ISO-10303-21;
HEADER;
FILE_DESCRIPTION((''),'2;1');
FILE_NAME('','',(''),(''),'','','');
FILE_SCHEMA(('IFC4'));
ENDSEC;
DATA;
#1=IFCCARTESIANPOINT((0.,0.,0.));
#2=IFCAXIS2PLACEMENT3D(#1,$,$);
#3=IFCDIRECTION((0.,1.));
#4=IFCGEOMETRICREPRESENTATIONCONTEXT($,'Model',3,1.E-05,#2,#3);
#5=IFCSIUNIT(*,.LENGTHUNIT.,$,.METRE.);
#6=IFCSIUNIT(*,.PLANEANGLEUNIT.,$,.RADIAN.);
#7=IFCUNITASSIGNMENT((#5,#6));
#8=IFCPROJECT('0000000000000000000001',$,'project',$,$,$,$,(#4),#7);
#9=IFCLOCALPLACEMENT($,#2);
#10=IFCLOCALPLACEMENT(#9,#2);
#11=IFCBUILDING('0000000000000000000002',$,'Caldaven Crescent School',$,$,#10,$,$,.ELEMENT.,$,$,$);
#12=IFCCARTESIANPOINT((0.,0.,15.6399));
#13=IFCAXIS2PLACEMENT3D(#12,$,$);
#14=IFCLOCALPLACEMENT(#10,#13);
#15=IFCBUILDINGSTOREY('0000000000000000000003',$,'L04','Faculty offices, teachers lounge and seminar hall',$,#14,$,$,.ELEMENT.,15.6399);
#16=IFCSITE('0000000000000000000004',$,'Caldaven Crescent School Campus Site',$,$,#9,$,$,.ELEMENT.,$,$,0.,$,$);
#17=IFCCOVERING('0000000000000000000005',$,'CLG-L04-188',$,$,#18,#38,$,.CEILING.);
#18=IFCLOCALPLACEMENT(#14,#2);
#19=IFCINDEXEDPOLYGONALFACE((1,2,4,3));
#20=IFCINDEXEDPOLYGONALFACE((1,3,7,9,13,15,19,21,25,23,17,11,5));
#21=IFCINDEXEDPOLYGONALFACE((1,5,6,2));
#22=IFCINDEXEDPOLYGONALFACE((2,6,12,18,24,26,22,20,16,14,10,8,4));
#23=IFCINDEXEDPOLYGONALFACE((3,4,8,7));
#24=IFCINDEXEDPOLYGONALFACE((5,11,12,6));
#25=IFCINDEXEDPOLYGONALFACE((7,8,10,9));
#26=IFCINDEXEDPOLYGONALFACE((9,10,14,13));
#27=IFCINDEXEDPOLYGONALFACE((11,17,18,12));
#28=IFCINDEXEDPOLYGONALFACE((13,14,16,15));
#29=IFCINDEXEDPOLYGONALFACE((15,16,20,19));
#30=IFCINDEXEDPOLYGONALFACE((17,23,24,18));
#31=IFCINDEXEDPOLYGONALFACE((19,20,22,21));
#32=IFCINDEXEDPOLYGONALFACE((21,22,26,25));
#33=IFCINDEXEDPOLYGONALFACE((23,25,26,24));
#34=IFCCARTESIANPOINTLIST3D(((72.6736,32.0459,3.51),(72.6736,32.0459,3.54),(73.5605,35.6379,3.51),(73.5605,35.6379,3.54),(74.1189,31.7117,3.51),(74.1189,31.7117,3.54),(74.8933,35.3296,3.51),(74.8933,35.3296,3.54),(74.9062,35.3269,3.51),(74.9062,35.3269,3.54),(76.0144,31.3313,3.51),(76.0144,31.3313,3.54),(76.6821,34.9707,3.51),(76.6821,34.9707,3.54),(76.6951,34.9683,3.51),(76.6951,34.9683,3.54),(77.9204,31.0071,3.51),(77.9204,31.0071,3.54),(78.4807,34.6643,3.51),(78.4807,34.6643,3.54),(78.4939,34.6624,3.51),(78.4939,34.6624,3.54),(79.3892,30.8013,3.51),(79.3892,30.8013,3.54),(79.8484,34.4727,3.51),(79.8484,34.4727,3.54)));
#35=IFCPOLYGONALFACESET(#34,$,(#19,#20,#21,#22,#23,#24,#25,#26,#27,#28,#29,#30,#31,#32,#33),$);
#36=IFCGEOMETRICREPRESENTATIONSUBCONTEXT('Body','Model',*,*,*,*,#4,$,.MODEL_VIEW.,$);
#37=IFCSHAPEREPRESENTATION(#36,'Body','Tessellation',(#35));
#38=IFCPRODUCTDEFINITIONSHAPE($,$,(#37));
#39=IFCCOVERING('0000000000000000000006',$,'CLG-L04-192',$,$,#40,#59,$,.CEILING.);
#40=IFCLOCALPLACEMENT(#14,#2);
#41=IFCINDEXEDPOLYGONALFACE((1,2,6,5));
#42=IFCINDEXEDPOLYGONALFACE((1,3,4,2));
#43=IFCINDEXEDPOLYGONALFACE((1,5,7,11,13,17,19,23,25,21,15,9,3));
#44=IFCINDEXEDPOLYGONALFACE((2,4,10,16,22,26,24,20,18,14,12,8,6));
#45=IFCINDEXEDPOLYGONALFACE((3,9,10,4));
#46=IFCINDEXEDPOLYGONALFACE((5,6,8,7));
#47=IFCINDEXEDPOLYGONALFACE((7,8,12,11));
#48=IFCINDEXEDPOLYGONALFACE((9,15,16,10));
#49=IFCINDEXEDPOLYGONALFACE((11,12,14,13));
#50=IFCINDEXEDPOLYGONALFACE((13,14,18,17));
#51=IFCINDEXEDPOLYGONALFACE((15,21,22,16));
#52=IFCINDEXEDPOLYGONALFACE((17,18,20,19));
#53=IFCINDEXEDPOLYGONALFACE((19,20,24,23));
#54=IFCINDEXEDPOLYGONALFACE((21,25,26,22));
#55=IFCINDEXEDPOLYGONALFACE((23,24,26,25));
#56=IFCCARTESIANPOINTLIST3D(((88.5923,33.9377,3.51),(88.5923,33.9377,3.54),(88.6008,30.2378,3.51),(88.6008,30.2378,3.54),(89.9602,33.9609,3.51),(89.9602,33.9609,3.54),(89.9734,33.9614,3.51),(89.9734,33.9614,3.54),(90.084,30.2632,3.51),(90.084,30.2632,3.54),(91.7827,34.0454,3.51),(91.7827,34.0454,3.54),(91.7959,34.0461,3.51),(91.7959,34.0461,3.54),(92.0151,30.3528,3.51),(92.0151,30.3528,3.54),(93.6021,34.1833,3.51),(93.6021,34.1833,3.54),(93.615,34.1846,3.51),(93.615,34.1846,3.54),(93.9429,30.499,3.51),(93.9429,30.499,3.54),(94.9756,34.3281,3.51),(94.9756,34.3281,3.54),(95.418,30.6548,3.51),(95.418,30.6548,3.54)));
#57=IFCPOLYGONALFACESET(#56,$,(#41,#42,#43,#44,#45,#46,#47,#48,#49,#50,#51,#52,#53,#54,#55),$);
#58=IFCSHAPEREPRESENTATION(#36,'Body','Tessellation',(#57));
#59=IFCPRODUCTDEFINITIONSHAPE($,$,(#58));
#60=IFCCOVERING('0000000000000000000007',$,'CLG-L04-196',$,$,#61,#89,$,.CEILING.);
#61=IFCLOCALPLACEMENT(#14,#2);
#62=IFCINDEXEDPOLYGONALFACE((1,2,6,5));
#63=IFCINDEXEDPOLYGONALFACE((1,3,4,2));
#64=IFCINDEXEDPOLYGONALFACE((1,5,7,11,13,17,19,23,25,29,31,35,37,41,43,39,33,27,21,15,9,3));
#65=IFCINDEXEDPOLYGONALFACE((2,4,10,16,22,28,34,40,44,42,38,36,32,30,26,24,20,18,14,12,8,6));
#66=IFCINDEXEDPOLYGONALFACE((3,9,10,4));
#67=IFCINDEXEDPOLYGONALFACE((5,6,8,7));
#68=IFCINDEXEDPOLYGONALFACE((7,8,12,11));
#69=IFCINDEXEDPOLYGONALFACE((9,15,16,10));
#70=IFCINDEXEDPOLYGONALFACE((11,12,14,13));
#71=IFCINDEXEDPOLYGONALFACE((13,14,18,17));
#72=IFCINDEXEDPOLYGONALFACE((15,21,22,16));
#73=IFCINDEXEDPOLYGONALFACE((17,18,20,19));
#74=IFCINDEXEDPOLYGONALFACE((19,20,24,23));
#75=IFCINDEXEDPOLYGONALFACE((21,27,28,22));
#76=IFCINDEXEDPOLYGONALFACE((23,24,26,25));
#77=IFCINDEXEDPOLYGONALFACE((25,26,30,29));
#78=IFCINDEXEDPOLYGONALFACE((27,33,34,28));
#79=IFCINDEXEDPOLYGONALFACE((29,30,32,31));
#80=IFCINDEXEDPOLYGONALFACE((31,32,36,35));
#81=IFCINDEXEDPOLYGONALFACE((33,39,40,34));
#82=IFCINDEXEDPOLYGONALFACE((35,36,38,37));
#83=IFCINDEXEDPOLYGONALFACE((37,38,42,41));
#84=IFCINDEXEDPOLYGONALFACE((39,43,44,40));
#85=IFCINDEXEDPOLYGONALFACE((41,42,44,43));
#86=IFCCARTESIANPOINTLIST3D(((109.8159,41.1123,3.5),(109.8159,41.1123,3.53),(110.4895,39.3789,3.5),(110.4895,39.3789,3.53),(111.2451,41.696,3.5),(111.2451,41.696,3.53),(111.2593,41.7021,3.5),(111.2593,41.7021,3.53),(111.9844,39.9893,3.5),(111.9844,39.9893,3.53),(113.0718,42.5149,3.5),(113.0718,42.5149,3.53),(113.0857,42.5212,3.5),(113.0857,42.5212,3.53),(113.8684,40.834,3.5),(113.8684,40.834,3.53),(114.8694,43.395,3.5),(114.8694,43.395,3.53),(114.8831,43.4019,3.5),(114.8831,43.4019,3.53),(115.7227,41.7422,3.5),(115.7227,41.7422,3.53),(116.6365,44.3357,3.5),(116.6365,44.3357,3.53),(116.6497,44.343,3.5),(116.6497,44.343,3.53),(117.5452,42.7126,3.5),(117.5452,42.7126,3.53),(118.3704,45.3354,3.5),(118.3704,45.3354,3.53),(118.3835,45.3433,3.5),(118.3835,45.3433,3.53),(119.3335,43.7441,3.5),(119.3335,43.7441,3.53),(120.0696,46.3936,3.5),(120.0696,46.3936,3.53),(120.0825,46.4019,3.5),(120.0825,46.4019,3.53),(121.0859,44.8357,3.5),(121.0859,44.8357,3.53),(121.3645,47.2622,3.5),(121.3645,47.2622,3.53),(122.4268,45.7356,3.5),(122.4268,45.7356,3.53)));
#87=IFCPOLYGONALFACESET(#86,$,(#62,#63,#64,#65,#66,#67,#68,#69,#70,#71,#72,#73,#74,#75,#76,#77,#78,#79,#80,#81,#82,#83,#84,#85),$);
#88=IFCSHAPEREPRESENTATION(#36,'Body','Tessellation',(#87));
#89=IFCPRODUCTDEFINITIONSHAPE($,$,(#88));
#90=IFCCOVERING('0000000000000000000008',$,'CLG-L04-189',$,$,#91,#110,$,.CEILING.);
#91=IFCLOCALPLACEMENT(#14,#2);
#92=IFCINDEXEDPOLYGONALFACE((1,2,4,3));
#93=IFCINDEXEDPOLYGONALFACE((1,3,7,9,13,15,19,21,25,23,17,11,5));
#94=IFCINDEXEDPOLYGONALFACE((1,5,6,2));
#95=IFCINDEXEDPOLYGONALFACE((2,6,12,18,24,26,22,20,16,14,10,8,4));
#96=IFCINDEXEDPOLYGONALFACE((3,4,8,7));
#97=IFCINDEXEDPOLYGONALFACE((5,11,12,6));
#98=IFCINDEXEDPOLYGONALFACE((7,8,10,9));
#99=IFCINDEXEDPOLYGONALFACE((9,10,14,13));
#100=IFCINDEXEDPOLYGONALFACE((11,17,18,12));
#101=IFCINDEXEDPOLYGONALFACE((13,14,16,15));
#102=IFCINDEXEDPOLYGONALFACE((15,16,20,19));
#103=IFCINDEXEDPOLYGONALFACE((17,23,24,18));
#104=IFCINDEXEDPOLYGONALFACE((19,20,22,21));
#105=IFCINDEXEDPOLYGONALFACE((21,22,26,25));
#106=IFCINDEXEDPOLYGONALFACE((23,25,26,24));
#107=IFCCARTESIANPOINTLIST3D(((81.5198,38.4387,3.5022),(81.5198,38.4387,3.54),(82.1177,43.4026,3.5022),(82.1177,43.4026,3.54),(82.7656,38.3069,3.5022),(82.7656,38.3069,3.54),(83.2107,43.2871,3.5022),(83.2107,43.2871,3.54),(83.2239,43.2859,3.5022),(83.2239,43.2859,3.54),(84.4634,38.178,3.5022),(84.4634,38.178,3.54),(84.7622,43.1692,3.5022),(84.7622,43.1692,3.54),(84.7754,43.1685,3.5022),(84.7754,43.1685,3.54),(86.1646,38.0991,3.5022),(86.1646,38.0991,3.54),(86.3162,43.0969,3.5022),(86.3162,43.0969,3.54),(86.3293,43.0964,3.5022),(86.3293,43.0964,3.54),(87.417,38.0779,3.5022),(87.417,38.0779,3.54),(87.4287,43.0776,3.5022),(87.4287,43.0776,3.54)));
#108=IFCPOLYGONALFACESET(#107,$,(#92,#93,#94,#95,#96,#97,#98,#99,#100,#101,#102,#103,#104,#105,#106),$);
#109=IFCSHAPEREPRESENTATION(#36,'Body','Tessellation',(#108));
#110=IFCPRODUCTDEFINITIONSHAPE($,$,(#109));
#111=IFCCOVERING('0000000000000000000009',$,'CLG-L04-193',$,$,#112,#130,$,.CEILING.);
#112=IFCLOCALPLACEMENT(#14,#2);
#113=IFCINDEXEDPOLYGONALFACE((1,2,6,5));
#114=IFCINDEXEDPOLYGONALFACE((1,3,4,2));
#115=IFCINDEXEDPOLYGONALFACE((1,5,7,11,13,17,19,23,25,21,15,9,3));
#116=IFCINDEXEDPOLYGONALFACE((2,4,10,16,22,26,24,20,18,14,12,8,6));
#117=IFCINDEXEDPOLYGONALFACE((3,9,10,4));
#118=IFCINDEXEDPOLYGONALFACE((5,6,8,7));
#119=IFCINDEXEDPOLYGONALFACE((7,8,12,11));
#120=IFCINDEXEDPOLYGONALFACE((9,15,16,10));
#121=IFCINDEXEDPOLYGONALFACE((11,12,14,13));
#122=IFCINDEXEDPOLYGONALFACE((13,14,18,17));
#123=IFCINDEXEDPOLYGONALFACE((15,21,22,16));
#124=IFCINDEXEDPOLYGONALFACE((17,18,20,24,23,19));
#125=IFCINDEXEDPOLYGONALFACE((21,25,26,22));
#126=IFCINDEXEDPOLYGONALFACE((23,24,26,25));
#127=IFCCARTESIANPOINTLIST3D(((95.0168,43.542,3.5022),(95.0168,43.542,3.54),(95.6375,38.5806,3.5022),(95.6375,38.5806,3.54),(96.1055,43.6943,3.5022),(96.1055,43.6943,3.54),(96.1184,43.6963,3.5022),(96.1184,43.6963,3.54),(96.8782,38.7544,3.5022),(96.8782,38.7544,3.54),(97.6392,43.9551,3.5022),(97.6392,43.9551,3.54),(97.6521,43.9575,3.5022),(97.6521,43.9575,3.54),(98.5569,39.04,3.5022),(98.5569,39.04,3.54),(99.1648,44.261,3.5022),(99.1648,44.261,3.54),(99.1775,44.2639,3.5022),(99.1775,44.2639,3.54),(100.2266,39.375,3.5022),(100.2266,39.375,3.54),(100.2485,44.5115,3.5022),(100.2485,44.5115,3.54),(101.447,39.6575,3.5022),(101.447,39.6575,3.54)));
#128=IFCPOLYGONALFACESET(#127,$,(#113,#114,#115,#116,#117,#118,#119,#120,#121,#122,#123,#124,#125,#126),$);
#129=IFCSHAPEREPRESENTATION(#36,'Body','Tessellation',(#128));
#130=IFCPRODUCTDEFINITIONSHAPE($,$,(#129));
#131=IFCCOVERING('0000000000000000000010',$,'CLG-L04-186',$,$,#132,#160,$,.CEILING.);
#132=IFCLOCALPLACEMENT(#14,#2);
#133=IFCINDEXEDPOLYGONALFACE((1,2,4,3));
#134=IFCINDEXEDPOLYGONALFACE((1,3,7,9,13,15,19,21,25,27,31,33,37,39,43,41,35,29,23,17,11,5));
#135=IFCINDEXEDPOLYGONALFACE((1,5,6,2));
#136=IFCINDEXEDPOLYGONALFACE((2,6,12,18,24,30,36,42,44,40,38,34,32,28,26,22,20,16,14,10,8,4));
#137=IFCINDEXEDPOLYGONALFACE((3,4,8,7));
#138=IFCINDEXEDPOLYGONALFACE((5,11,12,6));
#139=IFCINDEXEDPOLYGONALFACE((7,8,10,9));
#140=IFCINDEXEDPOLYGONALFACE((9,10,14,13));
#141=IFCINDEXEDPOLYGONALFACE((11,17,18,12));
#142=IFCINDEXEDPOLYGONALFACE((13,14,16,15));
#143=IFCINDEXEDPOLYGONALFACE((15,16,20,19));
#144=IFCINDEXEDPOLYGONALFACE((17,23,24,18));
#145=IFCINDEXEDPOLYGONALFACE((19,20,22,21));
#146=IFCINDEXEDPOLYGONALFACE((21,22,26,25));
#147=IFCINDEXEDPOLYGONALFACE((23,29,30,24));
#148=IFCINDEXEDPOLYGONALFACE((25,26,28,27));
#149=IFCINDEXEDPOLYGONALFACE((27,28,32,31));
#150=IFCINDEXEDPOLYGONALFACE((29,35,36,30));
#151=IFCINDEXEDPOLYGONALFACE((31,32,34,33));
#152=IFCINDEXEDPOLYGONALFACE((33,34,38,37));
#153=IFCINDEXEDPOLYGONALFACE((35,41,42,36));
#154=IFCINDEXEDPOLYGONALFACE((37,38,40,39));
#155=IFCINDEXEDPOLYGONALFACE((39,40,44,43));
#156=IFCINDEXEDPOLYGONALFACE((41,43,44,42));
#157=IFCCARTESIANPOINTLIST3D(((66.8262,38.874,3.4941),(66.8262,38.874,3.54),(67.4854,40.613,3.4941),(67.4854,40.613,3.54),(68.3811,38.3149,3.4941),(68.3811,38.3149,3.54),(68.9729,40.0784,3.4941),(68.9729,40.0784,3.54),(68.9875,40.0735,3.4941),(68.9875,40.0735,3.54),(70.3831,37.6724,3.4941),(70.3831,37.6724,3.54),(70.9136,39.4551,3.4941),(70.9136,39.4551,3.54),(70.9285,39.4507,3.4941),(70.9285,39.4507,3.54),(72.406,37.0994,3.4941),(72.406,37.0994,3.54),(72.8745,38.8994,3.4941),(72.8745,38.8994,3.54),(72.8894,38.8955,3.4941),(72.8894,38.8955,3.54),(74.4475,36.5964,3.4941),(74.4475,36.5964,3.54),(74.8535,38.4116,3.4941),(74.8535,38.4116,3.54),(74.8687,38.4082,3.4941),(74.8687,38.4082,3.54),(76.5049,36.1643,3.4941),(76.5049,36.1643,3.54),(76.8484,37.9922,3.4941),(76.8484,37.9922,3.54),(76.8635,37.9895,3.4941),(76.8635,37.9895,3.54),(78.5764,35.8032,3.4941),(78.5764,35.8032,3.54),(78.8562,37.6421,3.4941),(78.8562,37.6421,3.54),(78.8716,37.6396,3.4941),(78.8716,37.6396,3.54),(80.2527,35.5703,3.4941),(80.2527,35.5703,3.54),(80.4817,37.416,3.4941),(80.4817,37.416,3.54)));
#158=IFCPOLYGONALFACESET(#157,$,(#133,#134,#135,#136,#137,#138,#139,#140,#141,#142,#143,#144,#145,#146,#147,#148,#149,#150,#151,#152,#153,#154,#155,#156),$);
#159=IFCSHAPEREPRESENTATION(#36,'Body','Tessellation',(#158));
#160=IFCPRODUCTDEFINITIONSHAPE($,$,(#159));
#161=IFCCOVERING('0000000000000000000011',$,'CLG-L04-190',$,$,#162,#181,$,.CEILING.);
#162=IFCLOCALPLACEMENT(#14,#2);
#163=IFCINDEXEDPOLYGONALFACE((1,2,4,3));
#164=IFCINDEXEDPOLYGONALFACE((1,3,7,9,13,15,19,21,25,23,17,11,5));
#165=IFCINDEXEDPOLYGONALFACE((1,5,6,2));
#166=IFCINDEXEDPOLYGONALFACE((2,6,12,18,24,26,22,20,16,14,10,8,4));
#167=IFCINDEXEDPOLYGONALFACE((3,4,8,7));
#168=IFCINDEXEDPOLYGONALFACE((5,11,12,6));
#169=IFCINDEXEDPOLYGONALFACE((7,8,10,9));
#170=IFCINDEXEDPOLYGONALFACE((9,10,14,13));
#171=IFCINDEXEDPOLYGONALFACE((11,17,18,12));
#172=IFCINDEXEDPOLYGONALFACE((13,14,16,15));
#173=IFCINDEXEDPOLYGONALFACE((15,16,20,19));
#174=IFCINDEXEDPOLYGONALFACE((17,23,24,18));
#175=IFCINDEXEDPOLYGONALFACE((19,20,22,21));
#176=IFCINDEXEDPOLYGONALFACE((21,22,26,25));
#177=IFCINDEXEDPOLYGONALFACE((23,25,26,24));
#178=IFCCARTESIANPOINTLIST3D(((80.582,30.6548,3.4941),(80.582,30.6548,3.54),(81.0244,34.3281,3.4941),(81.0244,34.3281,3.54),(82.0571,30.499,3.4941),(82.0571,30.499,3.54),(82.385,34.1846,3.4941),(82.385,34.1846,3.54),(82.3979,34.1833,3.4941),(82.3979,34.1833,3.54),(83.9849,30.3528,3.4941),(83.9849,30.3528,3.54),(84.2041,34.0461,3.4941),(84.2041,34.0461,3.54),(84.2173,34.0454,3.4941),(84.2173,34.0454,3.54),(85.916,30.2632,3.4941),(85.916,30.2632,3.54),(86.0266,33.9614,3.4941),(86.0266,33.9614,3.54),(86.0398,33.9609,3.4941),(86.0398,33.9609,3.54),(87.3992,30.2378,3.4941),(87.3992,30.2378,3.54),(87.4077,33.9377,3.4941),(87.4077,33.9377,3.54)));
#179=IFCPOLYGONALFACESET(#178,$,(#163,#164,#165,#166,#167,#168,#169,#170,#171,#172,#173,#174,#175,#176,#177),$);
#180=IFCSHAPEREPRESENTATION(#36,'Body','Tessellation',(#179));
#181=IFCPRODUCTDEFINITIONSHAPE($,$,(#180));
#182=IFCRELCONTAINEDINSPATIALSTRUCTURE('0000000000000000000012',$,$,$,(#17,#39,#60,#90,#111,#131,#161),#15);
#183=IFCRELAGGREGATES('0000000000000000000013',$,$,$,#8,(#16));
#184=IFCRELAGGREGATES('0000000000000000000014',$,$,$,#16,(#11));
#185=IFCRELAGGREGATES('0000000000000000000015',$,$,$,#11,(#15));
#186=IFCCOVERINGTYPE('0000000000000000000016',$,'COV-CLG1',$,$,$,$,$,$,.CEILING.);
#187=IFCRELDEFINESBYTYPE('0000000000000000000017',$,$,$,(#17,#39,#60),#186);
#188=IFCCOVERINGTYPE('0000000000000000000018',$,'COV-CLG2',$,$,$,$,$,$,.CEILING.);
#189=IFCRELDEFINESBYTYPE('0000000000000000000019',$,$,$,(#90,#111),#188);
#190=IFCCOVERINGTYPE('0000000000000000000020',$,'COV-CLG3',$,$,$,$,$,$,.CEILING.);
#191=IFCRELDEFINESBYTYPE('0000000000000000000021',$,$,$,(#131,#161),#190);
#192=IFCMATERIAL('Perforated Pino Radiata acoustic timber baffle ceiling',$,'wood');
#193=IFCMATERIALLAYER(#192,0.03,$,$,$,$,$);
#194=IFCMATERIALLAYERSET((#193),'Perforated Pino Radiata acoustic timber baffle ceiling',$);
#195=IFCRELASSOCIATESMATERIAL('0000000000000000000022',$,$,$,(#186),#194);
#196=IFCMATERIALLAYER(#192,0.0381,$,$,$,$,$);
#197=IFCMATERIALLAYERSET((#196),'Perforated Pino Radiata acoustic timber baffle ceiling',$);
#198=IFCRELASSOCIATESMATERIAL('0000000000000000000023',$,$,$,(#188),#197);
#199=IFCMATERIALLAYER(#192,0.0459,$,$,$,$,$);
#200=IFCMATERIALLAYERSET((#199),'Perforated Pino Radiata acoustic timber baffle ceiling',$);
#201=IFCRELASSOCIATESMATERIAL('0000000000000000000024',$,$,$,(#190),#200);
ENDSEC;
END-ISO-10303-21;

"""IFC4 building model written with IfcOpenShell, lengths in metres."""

from ifc_helpers import new_model, si_unit, direction, frame, origin, place, context, subcontext, project, spatial, polyline, outline, extrude, material, layer, layer_set, type_object, element, save


model = new_model("IFC4")

# Units and contexts
model_context = context("Model", 3, precision=1e-05, world=origin(), true_north=direction((0.0, 1.0)))
body_context = subcontext(model_context, "Body", "Model", "MODEL_VIEW")
ifc_project = project(units=[si_unit("LENGTHUNIT", "METRE"), si_unit("PLANEANGLEUNIT", "RADIAN")], contexts=[model_context])

# Site, building, storey
site_placement = place(None, origin())
site = spatial("IfcSite", under=ifc_project, at=site_placement, Name="Caldaven Crescent School Campus Site", CompositionType="ELEMENT", RefElevation=0.0)
building_placement = place(site_placement, origin())
building = spatial("IfcBuilding", under=site, at=building_placement, Name="Caldaven Crescent School", CompositionType="ELEMENT")
storey_placement = place(building_placement, frame((0.0, 0.0, 15.6399)))
storey = spatial("IfcBuildingStorey", under=building, at=storey_placement, Name="L04", Description="Faculty offices, teachers lounge and seminar hall", CompositionType="ELEMENT", Elevation=15.6399)

# Coverings
ifc_material_1 = material(Name="Perforated Pino Radiata acoustic timber baffle ceiling", Category="wood")
ifc_layer_1 = layer(ifc_material_1, 0.03)
ifc_layer_set_1 = layer_set([ifc_layer_1], Name="Perforated Pino Radiata acoustic timber baffle ceiling")
covering_type_1 = type_object("IfcCoveringType", Name="COV-CLG1", PredefinedType="CEILING", material=ifc_layer_set_1)
covering_1_placement = place(storey_placement, frame((0.0, 0.0, 3.51)))
element("IfcCovering", 1, at=covering_1_placement, inside=storey, type_object=covering_type_1, Name="CLG-L04-188", PredefinedType="CEILING", context=body_context, shape_type="SweptSolid", body=[
    extrude(outline(polyline([(74.8933, 35.3296), (74.9062, 35.3269), (76.6821, 34.9707), (76.6951, 34.9683), (78.4807, 34.6643), (78.4939, 34.6624), (79.8484, 34.4727), (79.3892, 30.8013), (77.9204, 31.0071), (76.0144, 31.3313), (74.1189, 31.7117), (72.6736, 32.0459), (73.5605, 35.6379), (74.8933, 35.3296)])), origin(), (0.0, 0.0, 1.0), 0.03),
])
covering_2_placement = place(storey_placement, frame((0.0, 0.0, 3.51)))
element("IfcCovering", 2, at=covering_2_placement, inside=storey, type_object=covering_type_1, Name="CLG-L04-192", PredefinedType="CEILING", context=body_context, shape_type="SweptSolid", body=[
    extrude(outline(polyline([(89.9602, 33.9609), (89.9734, 33.9614), (91.7827, 34.0454), (91.7959, 34.0461), (93.6021, 34.1833), (93.615, 34.1846), (94.9756, 34.3281), (95.418, 30.6548), (93.9429, 30.499), (92.0151, 30.3528), (90.084, 30.2632), (88.6008, 30.2378), (88.5923, 33.9377), (89.9602, 33.9609)])), origin(), (0.0, 0.0, 1.0), 0.03),
])
covering_3_placement = place(storey_placement, frame((0.0, 0.0, 3.5)))
element("IfcCovering", 3, at=covering_3_placement, inside=storey, type_object=covering_type_1, Name="CLG-L04-196", PredefinedType="CEILING", context=body_context, shape_type="SweptSolid", body=[
    extrude(outline(polyline([(111.2451, 41.696), (111.2593, 41.7021), (113.0718, 42.5149), (113.0857, 42.5212), (114.8694, 43.395), (114.8831, 43.4019), (116.6365, 44.3357), (116.6497, 44.343), (118.3704, 45.3354), (118.3835, 45.3433), (120.0696, 46.3936), (120.0825, 46.4019), (121.3645, 47.2622), (122.4268, 45.7356), (121.0859, 44.8357), (119.3335, 43.7441), (117.5452, 42.7126), (115.7227, 41.7422), (113.8684, 40.834), (111.9844, 39.9893), (110.4895, 39.3789), (109.8159, 41.1123), (111.2451, 41.696)])), origin(), (0.0, 0.0, 1.0), 0.03),
])
ifc_layer_2 = layer(ifc_material_1, 0.0381)
ifc_layer_set_2 = layer_set([ifc_layer_2], Name="Perforated Pino Radiata acoustic timber baffle ceiling")
covering_type_2 = type_object("IfcCoveringType", Name="COV-CLG2", PredefinedType="CEILING", material=ifc_layer_set_2)
covering_4_placement = place(storey_placement, frame((0.0, 0.0, 3.5022)))
element("IfcCovering", 4, at=covering_4_placement, inside=storey, type_object=covering_type_2, Name="CLG-L04-189", PredefinedType="CEILING", context=body_context, shape_type="SweptSolid", body=[
    extrude(outline(polyline([(83.2107, 43.2871), (83.2239, 43.2859), (84.7622, 43.1692), (84.7754, 43.1685), (86.3162, 43.0969), (86.3293, 43.0964), (87.4287, 43.0776), (87.417, 38.0779), (86.1646, 38.0991), (84.4634, 38.178), (82.7656, 38.3069), (81.5198, 38.4387), (82.1177, 43.4026), (83.2107, 43.2871)])), origin(), (0.0, 0.0, 1.0), 0.0378),
])
covering_5_placement = place(storey_placement, frame((0.0, 0.0, 3.5022)))
element("IfcCovering", 5, at=covering_5_placement, inside=storey, type_object=covering_type_2, Name="CLG-L04-193", PredefinedType="CEILING", context=body_context, shape_type="SweptSolid", body=[
    extrude(outline(polyline([(96.1055, 43.6943), (96.1184, 43.6963), (97.6392, 43.9551), (97.6521, 43.9575), (99.1648, 44.261), (99.1775, 44.2639), (100.2485, 44.5115), (101.447, 39.6575), (100.2266, 39.375), (98.5569, 39.04), (96.8782, 38.7544), (95.6375, 38.5806), (95.0168, 43.542), (96.1055, 43.6943)])), origin(), (0.0, 0.0, 1.0), 0.0378),
])
ifc_layer_3 = layer(ifc_material_1, 0.0459)
ifc_layer_set_3 = layer_set([ifc_layer_3], Name="Perforated Pino Radiata acoustic timber baffle ceiling")
covering_type_3 = type_object("IfcCoveringType", Name="COV-CLG3", PredefinedType="CEILING", material=ifc_layer_set_3)
covering_6_placement = place(storey_placement, frame((0.0, 0.0, 3.4941)))
element("IfcCovering", 6, at=covering_6_placement, inside=storey, type_object=covering_type_3, Name="CLG-L04-186", PredefinedType="CEILING", context=body_context, shape_type="SweptSolid", body=[
    extrude(outline(polyline([(68.9729, 40.0784), (68.9875, 40.0735), (70.9136, 39.4551), (70.9285, 39.4507), (72.8745, 38.8994), (72.8894, 38.8955), (74.8535, 38.4116), (74.8687, 38.4082), (76.8484, 37.9922), (76.8635, 37.9895), (78.8562, 37.6421), (78.8716, 37.6396), (80.4817, 37.416), (80.2527, 35.5703), (78.5764, 35.8032), (76.5049, 36.1643), (74.4475, 36.5964), (72.406, 37.0994), (70.3831, 37.6724), (68.3811, 38.3149), (66.8262, 38.874), (67.4854, 40.613), (68.9729, 40.0784)])), origin(), (0.0, 0.0, 1.0), 0.0459),
])
covering_7_placement = place(storey_placement, frame((0.0, 0.0, 3.4941)))
element("IfcCovering", 7, at=covering_7_placement, inside=storey, type_object=covering_type_3, Name="CLG-L04-190", PredefinedType="CEILING", context=body_context, shape_type="SweptSolid", body=[
    extrude(outline(polyline([(82.385, 34.1846), (82.3979, 34.1833), (84.2041, 34.0461), (84.2173, 34.0454), (86.0266, 33.9614), (86.0398, 33.9609), (87.4077, 33.9377), (87.3992, 30.2378), (85.916, 30.2632), (83.9849, 30.3528), (82.0571, 30.499), (80.582, 30.6548), (81.0244, 34.3281), (82.385, 34.1846)])), origin(), (0.0, 0.0, 1.0), 0.0459),
])

save(model, "model.ifc")
